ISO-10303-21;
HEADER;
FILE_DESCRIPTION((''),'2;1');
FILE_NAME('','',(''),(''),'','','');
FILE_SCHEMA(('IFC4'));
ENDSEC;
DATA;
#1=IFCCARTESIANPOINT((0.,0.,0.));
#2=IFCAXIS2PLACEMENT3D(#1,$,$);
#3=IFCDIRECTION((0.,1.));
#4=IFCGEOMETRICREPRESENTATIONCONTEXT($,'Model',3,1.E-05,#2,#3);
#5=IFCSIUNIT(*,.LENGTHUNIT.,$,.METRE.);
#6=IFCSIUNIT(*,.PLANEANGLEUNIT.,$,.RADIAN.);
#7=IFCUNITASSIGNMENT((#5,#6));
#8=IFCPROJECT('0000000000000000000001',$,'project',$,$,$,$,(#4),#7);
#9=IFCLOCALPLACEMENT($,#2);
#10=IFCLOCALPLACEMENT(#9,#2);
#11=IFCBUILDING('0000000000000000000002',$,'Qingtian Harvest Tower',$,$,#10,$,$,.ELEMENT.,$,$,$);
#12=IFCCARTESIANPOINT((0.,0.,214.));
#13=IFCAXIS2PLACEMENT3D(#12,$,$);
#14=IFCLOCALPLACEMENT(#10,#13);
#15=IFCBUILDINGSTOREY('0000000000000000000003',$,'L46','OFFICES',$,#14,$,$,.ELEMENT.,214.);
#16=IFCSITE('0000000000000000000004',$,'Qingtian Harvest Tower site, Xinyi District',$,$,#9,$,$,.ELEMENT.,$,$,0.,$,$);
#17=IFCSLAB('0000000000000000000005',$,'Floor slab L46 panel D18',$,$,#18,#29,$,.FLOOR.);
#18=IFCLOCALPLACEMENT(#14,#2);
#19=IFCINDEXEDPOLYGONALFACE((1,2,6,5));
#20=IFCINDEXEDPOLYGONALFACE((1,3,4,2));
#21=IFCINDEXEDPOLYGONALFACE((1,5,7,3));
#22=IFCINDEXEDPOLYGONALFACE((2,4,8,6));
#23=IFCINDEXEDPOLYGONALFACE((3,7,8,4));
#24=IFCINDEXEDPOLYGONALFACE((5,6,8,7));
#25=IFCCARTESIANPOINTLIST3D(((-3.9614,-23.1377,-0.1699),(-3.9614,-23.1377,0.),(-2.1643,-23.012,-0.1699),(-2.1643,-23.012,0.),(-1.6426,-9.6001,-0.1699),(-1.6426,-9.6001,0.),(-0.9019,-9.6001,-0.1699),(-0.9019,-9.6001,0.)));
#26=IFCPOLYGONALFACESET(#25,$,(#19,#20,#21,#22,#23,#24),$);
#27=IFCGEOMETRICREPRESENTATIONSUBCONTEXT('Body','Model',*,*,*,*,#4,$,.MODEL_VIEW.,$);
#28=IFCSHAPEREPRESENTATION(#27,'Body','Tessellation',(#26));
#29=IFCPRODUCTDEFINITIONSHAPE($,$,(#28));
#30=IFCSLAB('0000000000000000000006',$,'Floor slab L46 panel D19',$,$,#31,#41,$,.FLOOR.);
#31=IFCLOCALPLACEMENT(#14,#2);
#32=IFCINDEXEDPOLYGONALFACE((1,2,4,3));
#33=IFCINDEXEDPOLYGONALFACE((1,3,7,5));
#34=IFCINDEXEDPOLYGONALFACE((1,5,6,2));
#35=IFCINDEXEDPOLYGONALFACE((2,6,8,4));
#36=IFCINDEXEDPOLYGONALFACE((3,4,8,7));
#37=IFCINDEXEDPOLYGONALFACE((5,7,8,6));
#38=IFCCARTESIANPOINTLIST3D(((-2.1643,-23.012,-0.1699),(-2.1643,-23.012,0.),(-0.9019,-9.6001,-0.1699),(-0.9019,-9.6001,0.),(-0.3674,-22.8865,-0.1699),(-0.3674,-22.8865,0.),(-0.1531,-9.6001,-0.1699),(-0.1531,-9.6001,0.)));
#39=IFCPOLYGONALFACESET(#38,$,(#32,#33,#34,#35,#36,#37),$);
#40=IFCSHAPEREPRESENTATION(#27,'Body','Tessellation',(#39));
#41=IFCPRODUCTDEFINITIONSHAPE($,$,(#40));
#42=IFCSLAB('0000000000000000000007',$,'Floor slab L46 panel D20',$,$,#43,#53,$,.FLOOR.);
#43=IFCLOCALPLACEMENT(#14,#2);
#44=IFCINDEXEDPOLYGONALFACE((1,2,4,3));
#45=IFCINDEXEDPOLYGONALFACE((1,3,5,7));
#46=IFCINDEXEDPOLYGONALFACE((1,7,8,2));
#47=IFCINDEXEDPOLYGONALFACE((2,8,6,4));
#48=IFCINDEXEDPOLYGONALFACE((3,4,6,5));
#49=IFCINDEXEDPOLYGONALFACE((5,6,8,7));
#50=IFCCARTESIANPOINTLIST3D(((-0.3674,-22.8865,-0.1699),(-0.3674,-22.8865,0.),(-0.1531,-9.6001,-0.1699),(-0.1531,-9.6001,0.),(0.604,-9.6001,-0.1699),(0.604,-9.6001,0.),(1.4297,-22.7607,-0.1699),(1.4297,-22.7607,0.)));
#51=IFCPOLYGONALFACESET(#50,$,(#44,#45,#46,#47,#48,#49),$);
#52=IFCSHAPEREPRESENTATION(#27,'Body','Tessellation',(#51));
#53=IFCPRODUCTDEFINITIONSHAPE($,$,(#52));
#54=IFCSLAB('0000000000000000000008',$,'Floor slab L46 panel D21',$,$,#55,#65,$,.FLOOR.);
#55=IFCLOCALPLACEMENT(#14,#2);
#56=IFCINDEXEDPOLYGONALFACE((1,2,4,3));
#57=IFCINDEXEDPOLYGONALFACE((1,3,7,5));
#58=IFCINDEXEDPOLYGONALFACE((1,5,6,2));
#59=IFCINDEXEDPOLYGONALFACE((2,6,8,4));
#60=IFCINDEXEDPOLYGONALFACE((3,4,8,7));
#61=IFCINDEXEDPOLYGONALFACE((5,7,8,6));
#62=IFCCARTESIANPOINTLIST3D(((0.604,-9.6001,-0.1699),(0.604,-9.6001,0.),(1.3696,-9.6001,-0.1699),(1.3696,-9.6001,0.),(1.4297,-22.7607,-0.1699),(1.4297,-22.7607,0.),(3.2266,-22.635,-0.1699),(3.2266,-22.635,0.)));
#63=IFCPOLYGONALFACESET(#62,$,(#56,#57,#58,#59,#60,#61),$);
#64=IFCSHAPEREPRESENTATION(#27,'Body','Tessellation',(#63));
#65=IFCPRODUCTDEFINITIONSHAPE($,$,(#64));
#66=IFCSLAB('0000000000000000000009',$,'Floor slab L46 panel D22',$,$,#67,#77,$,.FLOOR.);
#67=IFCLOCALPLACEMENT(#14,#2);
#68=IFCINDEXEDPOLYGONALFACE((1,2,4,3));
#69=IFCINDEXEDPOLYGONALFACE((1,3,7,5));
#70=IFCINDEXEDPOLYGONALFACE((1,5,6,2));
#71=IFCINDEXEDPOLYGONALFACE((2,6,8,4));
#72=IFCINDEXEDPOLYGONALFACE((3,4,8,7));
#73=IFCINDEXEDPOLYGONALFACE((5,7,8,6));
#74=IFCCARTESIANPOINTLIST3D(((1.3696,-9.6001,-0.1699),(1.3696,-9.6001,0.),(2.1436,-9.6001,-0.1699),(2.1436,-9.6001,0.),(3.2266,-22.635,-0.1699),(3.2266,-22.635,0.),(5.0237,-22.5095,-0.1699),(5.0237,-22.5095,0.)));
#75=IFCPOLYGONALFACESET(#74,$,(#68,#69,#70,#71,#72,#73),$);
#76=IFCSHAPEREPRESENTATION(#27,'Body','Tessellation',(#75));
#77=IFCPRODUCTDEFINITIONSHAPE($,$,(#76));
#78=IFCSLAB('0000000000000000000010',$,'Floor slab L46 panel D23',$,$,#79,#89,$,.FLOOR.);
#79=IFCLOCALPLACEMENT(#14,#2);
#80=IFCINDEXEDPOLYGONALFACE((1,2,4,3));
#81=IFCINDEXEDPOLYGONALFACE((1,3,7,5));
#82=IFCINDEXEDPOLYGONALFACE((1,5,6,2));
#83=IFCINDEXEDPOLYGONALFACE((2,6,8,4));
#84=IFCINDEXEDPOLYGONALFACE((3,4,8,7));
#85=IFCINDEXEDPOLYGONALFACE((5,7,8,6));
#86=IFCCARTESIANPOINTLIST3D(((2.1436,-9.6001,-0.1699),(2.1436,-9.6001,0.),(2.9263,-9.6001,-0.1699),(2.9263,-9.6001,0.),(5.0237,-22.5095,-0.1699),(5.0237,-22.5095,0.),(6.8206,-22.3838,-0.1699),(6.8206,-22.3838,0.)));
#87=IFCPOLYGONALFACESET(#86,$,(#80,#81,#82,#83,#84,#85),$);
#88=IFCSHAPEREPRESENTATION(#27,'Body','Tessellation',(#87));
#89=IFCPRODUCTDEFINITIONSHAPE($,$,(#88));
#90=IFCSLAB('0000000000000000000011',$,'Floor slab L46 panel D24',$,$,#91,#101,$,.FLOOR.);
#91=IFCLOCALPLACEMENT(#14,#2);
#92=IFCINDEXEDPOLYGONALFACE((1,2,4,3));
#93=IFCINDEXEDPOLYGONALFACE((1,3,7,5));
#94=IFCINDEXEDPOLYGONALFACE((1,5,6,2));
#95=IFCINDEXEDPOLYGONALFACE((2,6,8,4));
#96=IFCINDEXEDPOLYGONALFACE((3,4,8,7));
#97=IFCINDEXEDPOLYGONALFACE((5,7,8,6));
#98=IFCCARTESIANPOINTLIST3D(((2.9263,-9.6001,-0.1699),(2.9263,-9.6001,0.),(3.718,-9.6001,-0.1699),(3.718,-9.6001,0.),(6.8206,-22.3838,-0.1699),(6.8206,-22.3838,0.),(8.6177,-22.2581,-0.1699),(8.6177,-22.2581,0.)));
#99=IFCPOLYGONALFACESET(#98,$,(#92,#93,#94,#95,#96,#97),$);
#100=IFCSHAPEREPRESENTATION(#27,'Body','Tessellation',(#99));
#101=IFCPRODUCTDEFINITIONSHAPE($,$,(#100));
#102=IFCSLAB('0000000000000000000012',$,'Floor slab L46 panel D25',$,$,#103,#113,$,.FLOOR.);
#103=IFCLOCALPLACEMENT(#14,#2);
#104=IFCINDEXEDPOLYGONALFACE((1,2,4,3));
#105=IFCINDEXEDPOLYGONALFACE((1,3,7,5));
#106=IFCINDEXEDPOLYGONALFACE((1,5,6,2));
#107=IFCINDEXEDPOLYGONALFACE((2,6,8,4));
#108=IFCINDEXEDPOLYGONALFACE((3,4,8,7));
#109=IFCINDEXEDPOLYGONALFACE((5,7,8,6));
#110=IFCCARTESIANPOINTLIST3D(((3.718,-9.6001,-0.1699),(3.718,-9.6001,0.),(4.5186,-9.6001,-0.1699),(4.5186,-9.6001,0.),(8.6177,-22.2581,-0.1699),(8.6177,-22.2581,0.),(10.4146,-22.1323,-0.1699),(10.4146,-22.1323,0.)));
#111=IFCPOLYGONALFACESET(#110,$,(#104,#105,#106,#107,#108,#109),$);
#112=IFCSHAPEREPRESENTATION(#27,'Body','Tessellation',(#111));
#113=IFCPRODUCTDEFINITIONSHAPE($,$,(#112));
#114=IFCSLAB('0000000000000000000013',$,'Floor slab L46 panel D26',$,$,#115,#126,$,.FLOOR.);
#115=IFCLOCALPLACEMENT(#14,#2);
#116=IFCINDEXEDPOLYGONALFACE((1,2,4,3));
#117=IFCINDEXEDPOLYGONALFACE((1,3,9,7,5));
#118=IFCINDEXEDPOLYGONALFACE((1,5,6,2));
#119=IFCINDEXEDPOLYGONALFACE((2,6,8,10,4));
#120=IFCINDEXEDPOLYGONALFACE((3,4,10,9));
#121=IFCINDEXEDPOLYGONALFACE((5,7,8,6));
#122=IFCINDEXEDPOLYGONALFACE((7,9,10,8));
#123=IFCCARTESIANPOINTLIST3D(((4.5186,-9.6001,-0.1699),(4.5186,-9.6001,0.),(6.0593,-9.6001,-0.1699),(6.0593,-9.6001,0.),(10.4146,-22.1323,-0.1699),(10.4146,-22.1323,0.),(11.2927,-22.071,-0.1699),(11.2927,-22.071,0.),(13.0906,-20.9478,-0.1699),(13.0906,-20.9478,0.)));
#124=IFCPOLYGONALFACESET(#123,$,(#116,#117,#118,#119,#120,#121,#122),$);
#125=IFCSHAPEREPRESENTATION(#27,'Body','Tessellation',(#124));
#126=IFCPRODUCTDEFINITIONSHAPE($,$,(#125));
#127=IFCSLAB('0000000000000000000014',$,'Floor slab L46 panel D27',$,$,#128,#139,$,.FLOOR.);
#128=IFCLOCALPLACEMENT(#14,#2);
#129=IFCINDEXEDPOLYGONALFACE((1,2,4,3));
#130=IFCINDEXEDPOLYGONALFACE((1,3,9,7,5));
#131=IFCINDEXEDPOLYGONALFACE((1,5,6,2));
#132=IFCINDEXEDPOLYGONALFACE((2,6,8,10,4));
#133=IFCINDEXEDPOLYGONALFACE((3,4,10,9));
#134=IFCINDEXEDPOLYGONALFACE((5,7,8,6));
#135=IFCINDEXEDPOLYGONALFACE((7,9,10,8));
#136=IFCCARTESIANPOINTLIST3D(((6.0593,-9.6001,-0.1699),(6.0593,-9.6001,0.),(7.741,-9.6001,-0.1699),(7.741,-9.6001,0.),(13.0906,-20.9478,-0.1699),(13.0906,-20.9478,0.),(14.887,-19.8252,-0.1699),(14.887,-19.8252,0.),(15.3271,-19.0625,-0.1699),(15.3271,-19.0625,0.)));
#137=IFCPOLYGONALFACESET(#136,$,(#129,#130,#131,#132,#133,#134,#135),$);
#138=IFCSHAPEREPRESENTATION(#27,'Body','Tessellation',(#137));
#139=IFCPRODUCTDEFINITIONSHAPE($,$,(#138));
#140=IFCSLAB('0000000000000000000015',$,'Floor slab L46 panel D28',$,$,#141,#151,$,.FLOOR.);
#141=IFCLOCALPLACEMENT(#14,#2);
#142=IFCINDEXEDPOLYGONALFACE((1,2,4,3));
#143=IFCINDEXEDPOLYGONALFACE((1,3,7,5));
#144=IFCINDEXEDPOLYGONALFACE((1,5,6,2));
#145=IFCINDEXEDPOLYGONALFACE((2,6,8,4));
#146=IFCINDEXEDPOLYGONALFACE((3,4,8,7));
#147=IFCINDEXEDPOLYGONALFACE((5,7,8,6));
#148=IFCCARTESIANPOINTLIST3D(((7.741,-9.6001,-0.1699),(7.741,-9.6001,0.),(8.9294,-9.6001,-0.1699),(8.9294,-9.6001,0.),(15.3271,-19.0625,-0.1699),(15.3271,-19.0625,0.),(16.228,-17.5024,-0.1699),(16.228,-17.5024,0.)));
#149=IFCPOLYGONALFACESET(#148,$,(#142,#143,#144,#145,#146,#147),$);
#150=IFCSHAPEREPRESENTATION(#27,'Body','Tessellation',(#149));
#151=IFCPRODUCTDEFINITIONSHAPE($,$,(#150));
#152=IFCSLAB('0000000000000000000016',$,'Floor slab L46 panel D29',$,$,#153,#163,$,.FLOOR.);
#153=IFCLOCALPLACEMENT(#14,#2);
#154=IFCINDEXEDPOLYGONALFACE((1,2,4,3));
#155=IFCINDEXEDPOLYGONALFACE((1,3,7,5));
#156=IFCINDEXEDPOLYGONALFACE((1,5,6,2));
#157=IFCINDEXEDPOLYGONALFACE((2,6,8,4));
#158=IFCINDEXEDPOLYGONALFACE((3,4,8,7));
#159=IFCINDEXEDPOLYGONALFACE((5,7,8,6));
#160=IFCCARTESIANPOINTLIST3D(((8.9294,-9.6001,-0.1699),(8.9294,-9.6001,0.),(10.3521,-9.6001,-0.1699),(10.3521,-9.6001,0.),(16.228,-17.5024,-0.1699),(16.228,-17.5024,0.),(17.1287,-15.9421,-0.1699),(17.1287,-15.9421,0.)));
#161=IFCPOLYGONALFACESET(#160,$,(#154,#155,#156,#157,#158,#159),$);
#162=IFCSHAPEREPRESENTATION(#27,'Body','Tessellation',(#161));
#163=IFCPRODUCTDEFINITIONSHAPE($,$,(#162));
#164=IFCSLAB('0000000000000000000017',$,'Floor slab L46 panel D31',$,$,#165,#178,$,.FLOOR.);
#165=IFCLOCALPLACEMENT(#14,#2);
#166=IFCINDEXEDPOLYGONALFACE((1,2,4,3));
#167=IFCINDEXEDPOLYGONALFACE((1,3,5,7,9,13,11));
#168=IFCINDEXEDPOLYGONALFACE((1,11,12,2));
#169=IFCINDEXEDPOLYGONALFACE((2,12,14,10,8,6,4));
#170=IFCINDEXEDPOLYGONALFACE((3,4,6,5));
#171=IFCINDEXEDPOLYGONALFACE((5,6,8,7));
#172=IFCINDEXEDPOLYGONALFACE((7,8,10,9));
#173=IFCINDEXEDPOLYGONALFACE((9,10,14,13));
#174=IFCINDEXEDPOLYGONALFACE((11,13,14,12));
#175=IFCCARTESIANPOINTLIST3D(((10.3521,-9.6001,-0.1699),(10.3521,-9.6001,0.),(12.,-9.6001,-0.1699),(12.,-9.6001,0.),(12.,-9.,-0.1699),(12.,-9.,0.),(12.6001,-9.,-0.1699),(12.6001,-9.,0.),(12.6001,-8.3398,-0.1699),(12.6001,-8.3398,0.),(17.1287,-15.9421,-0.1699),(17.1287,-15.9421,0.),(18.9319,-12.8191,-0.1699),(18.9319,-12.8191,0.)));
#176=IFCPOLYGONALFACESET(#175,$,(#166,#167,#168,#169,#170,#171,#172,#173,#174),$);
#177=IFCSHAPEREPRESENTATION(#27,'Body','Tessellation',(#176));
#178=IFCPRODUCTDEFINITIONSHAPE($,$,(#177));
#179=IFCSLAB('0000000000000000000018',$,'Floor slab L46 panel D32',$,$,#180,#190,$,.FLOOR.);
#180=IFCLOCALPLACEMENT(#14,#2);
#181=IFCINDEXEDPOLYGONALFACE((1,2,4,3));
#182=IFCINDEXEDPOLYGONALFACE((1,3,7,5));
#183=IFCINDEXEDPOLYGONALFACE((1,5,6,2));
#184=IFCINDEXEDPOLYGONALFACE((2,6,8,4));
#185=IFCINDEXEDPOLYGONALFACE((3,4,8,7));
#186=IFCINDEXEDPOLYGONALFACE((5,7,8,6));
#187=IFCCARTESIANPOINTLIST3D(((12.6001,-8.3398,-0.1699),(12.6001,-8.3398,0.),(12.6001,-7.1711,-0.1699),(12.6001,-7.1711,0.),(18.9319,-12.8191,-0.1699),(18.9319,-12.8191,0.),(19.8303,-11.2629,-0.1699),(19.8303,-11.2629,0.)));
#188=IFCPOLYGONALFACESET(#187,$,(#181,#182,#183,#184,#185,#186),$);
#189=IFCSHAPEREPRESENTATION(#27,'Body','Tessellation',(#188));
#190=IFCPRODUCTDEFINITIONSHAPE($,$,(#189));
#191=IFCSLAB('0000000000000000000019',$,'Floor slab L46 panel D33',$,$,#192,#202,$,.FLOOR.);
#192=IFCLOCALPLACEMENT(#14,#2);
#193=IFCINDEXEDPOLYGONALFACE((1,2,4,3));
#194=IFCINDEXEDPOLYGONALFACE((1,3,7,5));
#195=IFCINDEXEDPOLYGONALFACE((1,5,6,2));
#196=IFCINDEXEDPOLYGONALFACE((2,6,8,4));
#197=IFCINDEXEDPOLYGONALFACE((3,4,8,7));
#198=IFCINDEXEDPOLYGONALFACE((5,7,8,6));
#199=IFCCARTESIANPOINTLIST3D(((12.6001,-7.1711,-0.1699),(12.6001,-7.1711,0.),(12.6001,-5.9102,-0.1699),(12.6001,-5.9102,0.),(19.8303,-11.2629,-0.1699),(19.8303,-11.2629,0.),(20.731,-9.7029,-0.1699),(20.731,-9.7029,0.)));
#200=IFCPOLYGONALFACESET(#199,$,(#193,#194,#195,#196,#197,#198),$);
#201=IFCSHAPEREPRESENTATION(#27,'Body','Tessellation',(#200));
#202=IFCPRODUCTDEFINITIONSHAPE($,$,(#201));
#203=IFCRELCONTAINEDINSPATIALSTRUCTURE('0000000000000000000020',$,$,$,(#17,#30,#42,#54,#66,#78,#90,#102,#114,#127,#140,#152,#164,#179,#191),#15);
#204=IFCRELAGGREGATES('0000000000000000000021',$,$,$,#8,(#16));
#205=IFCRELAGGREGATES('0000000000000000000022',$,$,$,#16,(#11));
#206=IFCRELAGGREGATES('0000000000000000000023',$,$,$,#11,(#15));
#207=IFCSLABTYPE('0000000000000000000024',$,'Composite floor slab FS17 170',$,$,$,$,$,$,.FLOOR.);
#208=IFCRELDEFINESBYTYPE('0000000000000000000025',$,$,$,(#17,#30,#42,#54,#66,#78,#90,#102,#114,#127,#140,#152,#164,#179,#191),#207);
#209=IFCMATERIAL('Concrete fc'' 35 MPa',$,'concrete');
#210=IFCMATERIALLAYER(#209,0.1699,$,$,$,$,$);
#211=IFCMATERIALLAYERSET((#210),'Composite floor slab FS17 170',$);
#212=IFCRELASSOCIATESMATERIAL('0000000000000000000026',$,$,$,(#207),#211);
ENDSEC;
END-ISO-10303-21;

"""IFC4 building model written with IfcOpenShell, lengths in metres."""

from ifc_helpers import new_model, si_unit, direction, frame, origin, place, context, subcontext, project, spatial, polyline, outline, extrude, material, layer, layer_set, type_object, element, save


model = new_model("IFC4")

# Units and contexts
model_context = context("Model", 3, precision=1e-05, world=origin(), true_north=direction((0.0, 1.0)))
body_context = subcontext(model_context, "Body", "Model", "MODEL_VIEW")
ifc_project = project(units=[si_unit("LENGTHUNIT", "METRE"), si_unit("PLANEANGLEUNIT", "RADIAN")], contexts=[model_context])

# Site, building, storey
site_placement = place(None, origin())
site = spatial("IfcSite", under=ifc_project, at=site_placement, Name="Qingtian Harvest Tower site, Xinyi District", CompositionType="ELEMENT", RefElevation=0.0)
building_placement = place(site_placement, origin())
building = spatial("IfcBuilding", under=site, at=building_placement, Name="Qingtian Harvest Tower", CompositionType="ELEMENT")
storey_placement = place(building_placement, frame((0.0, 0.0, 214.0)))
storey = spatial("IfcBuildingStorey", under=building, at=storey_placement, Name="L46", Description="OFFICES", CompositionType="ELEMENT", Elevation=214.0)

# Slabs
ifc_material_1 = material(Name="Concrete fc' 35 MPa", Category="concrete")
ifc_layer_1 = layer(ifc_material_1, 0.1699)
ifc_layer_set_1 = layer_set([ifc_layer_1], Name="Composite floor slab FS17 170")
slab_type = type_object("IfcSlabType", Name="Composite floor slab FS17 170", PredefinedType="FLOOR", material=ifc_layer_set_1)
slab_1_placement = place(storey_placement, frame((0.0, 0.0, -0.1699)))
element("IfcSlab", 1, at=slab_1_placement, inside=storey, type_object=slab_type, Name="Floor slab L46 panel D18", PredefinedType="FLOOR", context=body_context, shape_type="SweptSolid", body=[
    extrude(outline(polyline([(-0.9019, -9.6001), (-2.1643, -23.012), (-3.9614, -23.1377), (-1.6426, -9.6001), (-0.9019, -9.6001)])), origin(), (0.0, 0.0, 1.0), 0.1699),
])
slab_2_placement = place(storey_placement, frame((0.0, 0.0, -0.1699)))
element("IfcSlab", 2, at=slab_2_placement, inside=storey, type_object=slab_type, Name="Floor slab L46 panel D19", PredefinedType="FLOOR", context=body_context, shape_type="SweptSolid", body=[
    extrude(outline(polyline([(-0.1531, -9.6001), (-0.3674, -22.8865), (-2.1643, -23.012), (-0.9019, -9.6001), (-0.1531, -9.6001)])), origin(), (0.0, 0.0, 1.0), 0.1699),
])
slab_3_placement = place(storey_placement, frame((0.0, 0.0, -0.1699)))
element("IfcSlab", 3, at=slab_3_placement, inside=storey, type_object=slab_type, Name="Floor slab L46 panel D20", PredefinedType="FLOOR", context=body_context, shape_type="SweptSolid", body=[
    extrude(outline(polyline([(0.604, -9.6001), (1.4297, -22.7607), (-0.3674, -22.8865), (-0.1531, -9.6001), (0.604, -9.6001)])), origin(), (0.0, 0.0, 1.0), 0.1699),
])
slab_4_placement = place(storey_placement, frame((0.0, 0.0, -0.1699)))
element("IfcSlab", 4, at=slab_4_placement, inside=storey, type_object=slab_type, Name="Floor slab L46 panel D21", PredefinedType="FLOOR", context=body_context, shape_type="SweptSolid", body=[
    extrude(outline(polyline([(1.3696, -9.6001), (3.2266, -22.635), (1.4297, -22.7607), (0.604, -9.6001), (1.3696, -9.6001)])), origin(), (0.0, 0.0, 1.0), 0.1699),
])
slab_5_placement = place(storey_placement, frame((0.0, 0.0, -0.1699)))
element("IfcSlab", 5, at=slab_5_placement, inside=storey, type_object=slab_type, Name="Floor slab L46 panel D22", PredefinedType="FLOOR", context=body_context, shape_type="SweptSolid", body=[
    extrude(outline(polyline([(2.1436, -9.6001), (5.0237, -22.5095), (3.2266, -22.635), (1.3696, -9.6001), (2.1436, -9.6001)])), origin(), (0.0, 0.0, 1.0), 0.1699),
])
slab_6_placement = place(storey_placement, frame((0.0, 0.0, -0.1699)))
element("IfcSlab", 6, at=slab_6_placement, inside=storey, type_object=slab_type, Name="Floor slab L46 panel D23", PredefinedType="FLOOR", context=body_context, shape_type="SweptSolid", body=[
    extrude(outline(polyline([(2.9263, -9.6001), (6.8206, -22.3838), (5.0237, -22.5095), (2.1436, -9.6001), (2.9263, -9.6001)])), origin(), (0.0, 0.0, 1.0), 0.1699),
])
slab_7_placement = place(storey_placement, frame((0.0, 0.0, -0.1699)))
element("IfcSlab", 7, at=slab_7_placement, inside=storey, type_object=slab_type, Name="Floor slab L46 panel D24", PredefinedType="FLOOR", context=body_context, shape_type="SweptSolid", body=[
    extrude(outline(polyline([(3.718, -9.6001), (8.6177, -22.2581), (6.8206, -22.3838), (2.9263, -9.6001), (3.718, -9.6001)])), origin(), (0.0, 0.0, 1.0), 0.1699),
])
slab_8_placement = place(storey_placement, frame((0.0, 0.0, -0.1699)))
element("IfcSlab", 8, at=slab_8_placement, inside=storey, type_object=slab_type, Name="Floor slab L46 panel D25", PredefinedType="FLOOR", context=body_context, shape_type="SweptSolid", body=[
    extrude(outline(polyline([(4.5186, -9.6001), (10.4146, -22.1323), (8.6177, -22.2581), (3.718, -9.6001), (4.5186, -9.6001)])), origin(), (0.0, 0.0, 1.0), 0.1699),
])
slab_9_placement = place(storey_placement, frame((0.0, 0.0, -0.1699)))
element("IfcSlab", 9, at=slab_9_placement, inside=storey, type_object=slab_type, Name="Floor slab L46 panel D26", PredefinedType="FLOOR", context=body_context, shape_type="SweptSolid", body=[
    extrude(outline(polyline([(4.5186, -9.6001), (6.0593, -9.6001), (13.0906, -20.9478), (11.2927, -22.071), (10.4146, -22.1323), (4.5186, -9.6001)])), origin(), (0.0, 0.0, 1.0), 0.1699),
])
slab_10_placement = place(storey_placement, frame((0.0, 0.0, -0.1699)))
element("IfcSlab", 10, at=slab_10_placement, inside=storey, type_object=slab_type, Name="Floor slab L46 panel D27", PredefinedType="FLOOR", context=body_context, shape_type="SweptSolid", body=[
    extrude(outline(polyline([(6.0593, -9.6001), (7.741, -9.6001), (15.3271, -19.0625), (14.887, -19.8252), (13.0906, -20.9478), (6.0593, -9.6001)])), origin(), (0.0, 0.0, 1.0), 0.1699),
])
slab_11_placement = place(storey_placement, frame((0.0, 0.0, -0.1699)))
element("IfcSlab", 11, at=slab_11_placement, inside=storey, type_object=slab_type, Name="Floor slab L46 panel D28", PredefinedType="FLOOR", context=body_context, shape_type="SweptSolid", body=[
    extrude(outline(polyline([(8.9294, -9.6001), (16.228, -17.5024), (15.3271, -19.0625), (7.741, -9.6001), (8.9294, -9.6001)])), origin(), (0.0, 0.0, 1.0), 0.1699),
])
slab_12_placement = place(storey_placement, frame((0.0, 0.0, -0.1699)))
element("IfcSlab", 12, at=slab_12_placement, inside=storey, type_object=slab_type, Name="Floor slab L46 panel D29", PredefinedType="FLOOR", context=body_context, shape_type="SweptSolid", body=[
    extrude(outline(polyline([(10.3521, -9.6001), (17.1287, -15.9421), (16.228, -17.5024), (8.9294, -9.6001), (10.3521, -9.6001)])), origin(), (0.0, 0.0, 1.0), 0.1699),
])
slab_13_placement = place(storey_placement, frame((0.0, 0.0, -0.1699)))
element("IfcSlab", 13, at=slab_13_placement, inside=storey, type_object=slab_type, Name="Floor slab L46 panel D31", PredefinedType="FLOOR", context=body_context, shape_type="SweptSolid", body=[
    extrude(outline(polyline([(12.6001, -8.3398), (18.9319, -12.8191), (17.1287, -15.9421), (10.3521, -9.6001), (12.0, -9.6001), (12.0, -9.0), (12.6001, -9.0), (12.6001, -8.3398)])), origin(), (0.0, 0.0, 1.0), 0.1699),
])
slab_14_placement = place(storey_placement, frame((0.0, 0.0, -0.1699)))
element("IfcSlab", 14, at=slab_14_placement, inside=storey, type_object=slab_type, Name="Floor slab L46 panel D32", PredefinedType="FLOOR", context=body_context, shape_type="SweptSolid", body=[
    extrude(outline(polyline([(12.6001, -7.1711), (19.8303, -11.2629), (18.9319, -12.8191), (12.6001, -8.3398), (12.6001, -7.1711)])), origin(), (0.0, 0.0, 1.0), 0.1699),
])
slab_15_placement = place(storey_placement, frame((0.0, 0.0, -0.1699)))
element("IfcSlab", 15, at=slab_15_placement, inside=storey, type_object=slab_type, Name="Floor slab L46 panel D33", PredefinedType="FLOOR", context=body_context, shape_type="SweptSolid", body=[
    extrude(outline(polyline([(12.6001, -5.9102), (20.731, -9.7029), (19.8303, -11.2629), (12.6001, -7.1711), (12.6001, -5.9102)])), origin(), (0.0, 0.0, 1.0), 0.1699),
])

save(model, "model.ifc")
